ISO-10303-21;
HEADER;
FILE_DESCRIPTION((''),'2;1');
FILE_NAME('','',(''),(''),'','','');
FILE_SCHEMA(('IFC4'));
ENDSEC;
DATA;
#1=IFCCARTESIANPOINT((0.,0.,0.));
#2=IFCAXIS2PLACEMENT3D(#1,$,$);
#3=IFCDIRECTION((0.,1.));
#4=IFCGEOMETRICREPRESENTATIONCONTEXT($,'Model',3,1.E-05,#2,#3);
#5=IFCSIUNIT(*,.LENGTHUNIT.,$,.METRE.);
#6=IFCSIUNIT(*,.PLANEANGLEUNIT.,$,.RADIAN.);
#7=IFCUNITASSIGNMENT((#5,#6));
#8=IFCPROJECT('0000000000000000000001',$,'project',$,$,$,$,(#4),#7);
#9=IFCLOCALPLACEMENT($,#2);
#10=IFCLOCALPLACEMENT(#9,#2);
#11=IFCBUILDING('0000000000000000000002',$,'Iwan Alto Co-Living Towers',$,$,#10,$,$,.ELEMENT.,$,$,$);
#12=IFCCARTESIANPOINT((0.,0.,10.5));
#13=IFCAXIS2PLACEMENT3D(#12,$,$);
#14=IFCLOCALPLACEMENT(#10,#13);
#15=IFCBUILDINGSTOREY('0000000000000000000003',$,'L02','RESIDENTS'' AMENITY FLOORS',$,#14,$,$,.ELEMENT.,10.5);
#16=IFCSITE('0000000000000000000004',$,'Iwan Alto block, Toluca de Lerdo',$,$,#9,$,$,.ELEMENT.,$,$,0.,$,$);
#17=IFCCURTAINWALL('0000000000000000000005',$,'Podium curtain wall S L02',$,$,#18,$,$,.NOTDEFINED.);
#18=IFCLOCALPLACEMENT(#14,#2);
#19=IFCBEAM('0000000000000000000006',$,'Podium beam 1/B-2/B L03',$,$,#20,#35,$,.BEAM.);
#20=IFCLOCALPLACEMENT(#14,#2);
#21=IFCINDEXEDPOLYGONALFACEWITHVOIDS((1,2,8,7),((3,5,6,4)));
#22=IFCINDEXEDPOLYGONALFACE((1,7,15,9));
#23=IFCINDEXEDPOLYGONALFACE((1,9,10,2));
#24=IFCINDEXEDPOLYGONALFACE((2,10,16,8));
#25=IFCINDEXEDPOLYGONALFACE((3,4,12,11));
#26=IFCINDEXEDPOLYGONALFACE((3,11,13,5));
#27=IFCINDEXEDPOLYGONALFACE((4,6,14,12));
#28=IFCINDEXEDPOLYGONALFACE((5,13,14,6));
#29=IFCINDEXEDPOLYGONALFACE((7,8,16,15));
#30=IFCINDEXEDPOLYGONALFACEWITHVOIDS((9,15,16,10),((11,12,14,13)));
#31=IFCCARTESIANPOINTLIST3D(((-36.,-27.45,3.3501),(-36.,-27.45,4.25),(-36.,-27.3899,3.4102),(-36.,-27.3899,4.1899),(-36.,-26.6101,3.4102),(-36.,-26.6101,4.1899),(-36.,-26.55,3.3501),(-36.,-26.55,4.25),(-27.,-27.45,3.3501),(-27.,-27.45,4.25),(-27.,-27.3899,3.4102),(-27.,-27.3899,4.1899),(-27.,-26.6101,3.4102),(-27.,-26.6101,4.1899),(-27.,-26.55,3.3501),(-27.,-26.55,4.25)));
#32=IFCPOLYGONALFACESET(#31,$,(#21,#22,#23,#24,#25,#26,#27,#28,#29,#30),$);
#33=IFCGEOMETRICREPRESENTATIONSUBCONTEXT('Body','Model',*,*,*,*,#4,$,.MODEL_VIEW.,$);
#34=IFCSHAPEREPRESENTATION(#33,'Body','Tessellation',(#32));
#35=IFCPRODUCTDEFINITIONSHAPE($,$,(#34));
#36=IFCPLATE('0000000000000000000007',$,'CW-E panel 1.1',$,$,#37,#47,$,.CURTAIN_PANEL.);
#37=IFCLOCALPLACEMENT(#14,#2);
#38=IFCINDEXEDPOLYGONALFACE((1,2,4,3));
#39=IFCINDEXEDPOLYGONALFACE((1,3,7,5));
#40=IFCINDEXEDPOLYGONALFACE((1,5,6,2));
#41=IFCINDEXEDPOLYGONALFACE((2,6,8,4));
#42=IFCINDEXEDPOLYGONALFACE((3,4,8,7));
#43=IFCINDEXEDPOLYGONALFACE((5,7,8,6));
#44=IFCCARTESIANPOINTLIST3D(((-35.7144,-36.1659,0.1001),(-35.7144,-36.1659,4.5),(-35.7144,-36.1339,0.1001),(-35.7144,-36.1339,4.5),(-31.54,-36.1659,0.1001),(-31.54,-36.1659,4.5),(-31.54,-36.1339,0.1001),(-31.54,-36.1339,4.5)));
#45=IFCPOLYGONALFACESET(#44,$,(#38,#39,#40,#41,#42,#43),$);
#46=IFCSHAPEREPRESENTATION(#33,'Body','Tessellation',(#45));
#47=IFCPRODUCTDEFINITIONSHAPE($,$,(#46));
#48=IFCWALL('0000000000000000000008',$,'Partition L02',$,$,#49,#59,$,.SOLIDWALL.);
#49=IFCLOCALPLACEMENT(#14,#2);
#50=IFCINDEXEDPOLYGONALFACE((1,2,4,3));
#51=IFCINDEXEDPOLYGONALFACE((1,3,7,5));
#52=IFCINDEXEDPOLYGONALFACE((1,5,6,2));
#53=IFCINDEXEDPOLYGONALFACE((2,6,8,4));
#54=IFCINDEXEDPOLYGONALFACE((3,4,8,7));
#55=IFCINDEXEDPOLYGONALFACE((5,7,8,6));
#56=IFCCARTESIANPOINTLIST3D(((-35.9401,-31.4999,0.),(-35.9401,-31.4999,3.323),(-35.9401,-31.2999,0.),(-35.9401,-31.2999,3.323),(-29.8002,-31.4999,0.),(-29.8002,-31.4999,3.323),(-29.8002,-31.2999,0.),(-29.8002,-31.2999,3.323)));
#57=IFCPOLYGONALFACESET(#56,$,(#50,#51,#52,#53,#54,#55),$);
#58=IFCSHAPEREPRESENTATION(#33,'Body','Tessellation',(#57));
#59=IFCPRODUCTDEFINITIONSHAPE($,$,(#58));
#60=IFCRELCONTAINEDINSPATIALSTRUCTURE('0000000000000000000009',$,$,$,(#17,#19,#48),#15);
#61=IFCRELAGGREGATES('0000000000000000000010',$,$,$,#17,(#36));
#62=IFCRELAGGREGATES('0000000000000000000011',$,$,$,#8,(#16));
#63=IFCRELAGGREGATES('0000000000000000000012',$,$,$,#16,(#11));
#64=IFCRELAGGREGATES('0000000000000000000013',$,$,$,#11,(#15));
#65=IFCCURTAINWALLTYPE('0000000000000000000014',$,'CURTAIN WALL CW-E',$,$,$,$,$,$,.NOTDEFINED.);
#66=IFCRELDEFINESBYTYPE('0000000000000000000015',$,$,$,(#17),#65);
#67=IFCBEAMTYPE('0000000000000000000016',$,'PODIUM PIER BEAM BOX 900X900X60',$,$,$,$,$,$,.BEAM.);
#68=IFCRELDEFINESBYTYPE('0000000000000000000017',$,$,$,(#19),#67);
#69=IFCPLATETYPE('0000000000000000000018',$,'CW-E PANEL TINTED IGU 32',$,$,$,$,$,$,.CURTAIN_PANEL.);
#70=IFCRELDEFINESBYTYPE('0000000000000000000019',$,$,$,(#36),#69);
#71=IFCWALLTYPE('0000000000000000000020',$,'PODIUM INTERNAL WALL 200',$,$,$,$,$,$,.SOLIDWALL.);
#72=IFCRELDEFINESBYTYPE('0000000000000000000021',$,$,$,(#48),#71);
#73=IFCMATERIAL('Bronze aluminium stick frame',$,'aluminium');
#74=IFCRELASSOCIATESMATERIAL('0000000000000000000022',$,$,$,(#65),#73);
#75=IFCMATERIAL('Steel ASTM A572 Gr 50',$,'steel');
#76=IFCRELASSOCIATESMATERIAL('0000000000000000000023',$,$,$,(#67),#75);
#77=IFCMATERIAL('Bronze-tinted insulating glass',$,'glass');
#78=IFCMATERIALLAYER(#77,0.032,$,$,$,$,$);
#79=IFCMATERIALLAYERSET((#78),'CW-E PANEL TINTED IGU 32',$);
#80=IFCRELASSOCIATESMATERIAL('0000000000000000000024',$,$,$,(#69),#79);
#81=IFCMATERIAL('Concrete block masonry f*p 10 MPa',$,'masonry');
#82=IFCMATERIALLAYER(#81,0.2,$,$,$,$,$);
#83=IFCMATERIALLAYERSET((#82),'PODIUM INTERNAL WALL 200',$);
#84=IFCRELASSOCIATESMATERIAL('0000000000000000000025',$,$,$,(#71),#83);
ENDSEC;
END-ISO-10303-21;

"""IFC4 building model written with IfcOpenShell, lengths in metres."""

from ifc_helpers import new_model, si_unit, direction, frame, frame_2d, origin, origin_2d, place, context, subcontext, project, spatial, rectangle, hollow_rectangle, extrude, material, layer, layer_set, material_profile, profile_set, type_object, element, aggregate, save


model = new_model("IFC4")

# Units and contexts
model_context = context("Model", 3, precision=1e-05, world=origin(), true_north=direction((0.0, 1.0)))
body_context = subcontext(model_context, "Body", "Model", "MODEL_VIEW")
ifc_project = project(units=[si_unit("LENGTHUNIT", "METRE"), si_unit("PLANEANGLEUNIT", "RADIAN")], contexts=[model_context])

# Site, building, storey
site_placement = place(None, origin())
site = spatial("IfcSite", under=ifc_project, at=site_placement, Name="Iwan Alto block, Toluca de Lerdo", CompositionType="ELEMENT", RefElevation=0.0)
building_placement = place(site_placement, origin())
building = spatial("IfcBuilding", under=site, at=building_placement, Name="Iwan Alto Co-Living Towers", CompositionType="ELEMENT")
storey_placement = place(building_placement, frame((0.0, 0.0, 10.5)))
storey = spatial("IfcBuildingStorey", under=building, at=storey_placement, Name="L02", Description="RESIDENTS' AMENITY FLOORS", CompositionType="ELEMENT", Elevation=10.5)

# Curtain wall
ifc_material_1 = material(Name="Bronze aluminium stick frame", Category="aluminium")
curtain_wall_type = type_object("IfcCurtainWallType", Name="CURTAIN WALL CW-E", PredefinedType="NOTDEFINED", material=ifc_material_1)
curtain_wall_placement = place(storey_placement, origin())
curtain_wall = element("IfcCurtainWall", 1, at=curtain_wall_placement, inside=storey, type_object=curtain_wall_type, Name="Podium curtain wall S L02", PredefinedType="NOTDEFINED")

# Beam
ifc_material_2 = material(Name="Steel ASTM A572 Gr 50", Category="steel")
ifc_material_profile_1 = material_profile(ifc_material_2, hollow_rectangle(XDim=0.8999, YDim=0.8999, WallThickness=0.0601, at=origin_2d()), Name="BOX 900X900X60")
ifc_profile_set_1 = profile_set([ifc_material_profile_1], Name="Steel ASTM A572 Gr 50")
beam_type_1 = type_object("IfcBeamType", Name="PODIUM PIER BEAM BOX 900X900X60", PredefinedType="BEAM", material=ifc_profile_set_1)
beam_1_placement = place(storey_placement, frame((-36.0, -27.0, 3.8), z_axis=(1.0, 0.0, 0.0), x_axis=(0.0, 1.0, 0.0)))
element("IfcBeam", 2, at=beam_1_placement, inside=storey, type_object=beam_type_1, Name="Podium beam 1/B-2/B L03", PredefinedType="BEAM", context=body_context, shape_type="SweptSolid", body=[
    extrude(hollow_rectangle(XDim=0.8999, YDim=0.8999, WallThickness=0.0601, at=origin_2d()), origin(), (0.0, 0.0, 1.0), 9.0),
])

# Plate
ifc_material_3 = material(Name="Bronze-tinted insulating glass", Category="glass")
ifc_layer_1 = layer(ifc_material_3, 0.032)
ifc_layer_set_1 = layer_set([ifc_layer_1], Name="CW-E PANEL TINTED IGU 32")
plate_type = type_object("IfcPlateType", Name="CW-E PANEL TINTED IGU 32", PredefinedType="CURTAIN_PANEL", material=ifc_layer_set_1)
plate_placement = place(storey_placement, frame((-33.6272, -36.1499, 0.1001), z_axis=(0.0, 0.0, 1.0), x_axis=(1.0, 0.0, 0.0)))
plate = element("IfcPlate", 3, at=plate_placement, type_object=plate_type, Name="CW-E panel 1.1", PredefinedType="CURTAIN_PANEL", context=body_context, shape_type="SweptSolid", body=[
    extrude(rectangle(XDim=4.1743, YDim=0.032, at=origin_2d()), origin(), (0.0, 0.0, 1.0), 4.3999),
])
aggregate(curtain_wall, [plate])

# Wall
ifc_material_4 = material(Name="Concrete block masonry f*p 10 MPa", Category="masonry")
ifc_layer_2 = layer(ifc_material_4, 0.2)
ifc_layer_set_2 = layer_set([ifc_layer_2], Name="PODIUM INTERNAL WALL 200")
wall_type = type_object("IfcWallType", Name="PODIUM INTERNAL WALL 200", PredefinedType="SOLIDWALL", material=ifc_layer_set_2)
wall_placement = place(storey_placement, frame((-35.9399, -31.3999, 0.0), z_axis=(0.0, 0.0, 1.0), x_axis=(1.0, 0.0, 0.0)))
element("IfcWall", 4, at=wall_placement, inside=storey, type_object=wall_type, Name="Partition L02", PredefinedType="SOLIDWALL", context=body_context, shape_type="SweptSolid", body=[
    extrude(rectangle(XDim=6.1399, YDim=0.2, at=frame_2d((3.0698, 0.0))), origin(), (0.0, 0.0, 1.0), 3.323),
])

save(model, "model.ifc")
